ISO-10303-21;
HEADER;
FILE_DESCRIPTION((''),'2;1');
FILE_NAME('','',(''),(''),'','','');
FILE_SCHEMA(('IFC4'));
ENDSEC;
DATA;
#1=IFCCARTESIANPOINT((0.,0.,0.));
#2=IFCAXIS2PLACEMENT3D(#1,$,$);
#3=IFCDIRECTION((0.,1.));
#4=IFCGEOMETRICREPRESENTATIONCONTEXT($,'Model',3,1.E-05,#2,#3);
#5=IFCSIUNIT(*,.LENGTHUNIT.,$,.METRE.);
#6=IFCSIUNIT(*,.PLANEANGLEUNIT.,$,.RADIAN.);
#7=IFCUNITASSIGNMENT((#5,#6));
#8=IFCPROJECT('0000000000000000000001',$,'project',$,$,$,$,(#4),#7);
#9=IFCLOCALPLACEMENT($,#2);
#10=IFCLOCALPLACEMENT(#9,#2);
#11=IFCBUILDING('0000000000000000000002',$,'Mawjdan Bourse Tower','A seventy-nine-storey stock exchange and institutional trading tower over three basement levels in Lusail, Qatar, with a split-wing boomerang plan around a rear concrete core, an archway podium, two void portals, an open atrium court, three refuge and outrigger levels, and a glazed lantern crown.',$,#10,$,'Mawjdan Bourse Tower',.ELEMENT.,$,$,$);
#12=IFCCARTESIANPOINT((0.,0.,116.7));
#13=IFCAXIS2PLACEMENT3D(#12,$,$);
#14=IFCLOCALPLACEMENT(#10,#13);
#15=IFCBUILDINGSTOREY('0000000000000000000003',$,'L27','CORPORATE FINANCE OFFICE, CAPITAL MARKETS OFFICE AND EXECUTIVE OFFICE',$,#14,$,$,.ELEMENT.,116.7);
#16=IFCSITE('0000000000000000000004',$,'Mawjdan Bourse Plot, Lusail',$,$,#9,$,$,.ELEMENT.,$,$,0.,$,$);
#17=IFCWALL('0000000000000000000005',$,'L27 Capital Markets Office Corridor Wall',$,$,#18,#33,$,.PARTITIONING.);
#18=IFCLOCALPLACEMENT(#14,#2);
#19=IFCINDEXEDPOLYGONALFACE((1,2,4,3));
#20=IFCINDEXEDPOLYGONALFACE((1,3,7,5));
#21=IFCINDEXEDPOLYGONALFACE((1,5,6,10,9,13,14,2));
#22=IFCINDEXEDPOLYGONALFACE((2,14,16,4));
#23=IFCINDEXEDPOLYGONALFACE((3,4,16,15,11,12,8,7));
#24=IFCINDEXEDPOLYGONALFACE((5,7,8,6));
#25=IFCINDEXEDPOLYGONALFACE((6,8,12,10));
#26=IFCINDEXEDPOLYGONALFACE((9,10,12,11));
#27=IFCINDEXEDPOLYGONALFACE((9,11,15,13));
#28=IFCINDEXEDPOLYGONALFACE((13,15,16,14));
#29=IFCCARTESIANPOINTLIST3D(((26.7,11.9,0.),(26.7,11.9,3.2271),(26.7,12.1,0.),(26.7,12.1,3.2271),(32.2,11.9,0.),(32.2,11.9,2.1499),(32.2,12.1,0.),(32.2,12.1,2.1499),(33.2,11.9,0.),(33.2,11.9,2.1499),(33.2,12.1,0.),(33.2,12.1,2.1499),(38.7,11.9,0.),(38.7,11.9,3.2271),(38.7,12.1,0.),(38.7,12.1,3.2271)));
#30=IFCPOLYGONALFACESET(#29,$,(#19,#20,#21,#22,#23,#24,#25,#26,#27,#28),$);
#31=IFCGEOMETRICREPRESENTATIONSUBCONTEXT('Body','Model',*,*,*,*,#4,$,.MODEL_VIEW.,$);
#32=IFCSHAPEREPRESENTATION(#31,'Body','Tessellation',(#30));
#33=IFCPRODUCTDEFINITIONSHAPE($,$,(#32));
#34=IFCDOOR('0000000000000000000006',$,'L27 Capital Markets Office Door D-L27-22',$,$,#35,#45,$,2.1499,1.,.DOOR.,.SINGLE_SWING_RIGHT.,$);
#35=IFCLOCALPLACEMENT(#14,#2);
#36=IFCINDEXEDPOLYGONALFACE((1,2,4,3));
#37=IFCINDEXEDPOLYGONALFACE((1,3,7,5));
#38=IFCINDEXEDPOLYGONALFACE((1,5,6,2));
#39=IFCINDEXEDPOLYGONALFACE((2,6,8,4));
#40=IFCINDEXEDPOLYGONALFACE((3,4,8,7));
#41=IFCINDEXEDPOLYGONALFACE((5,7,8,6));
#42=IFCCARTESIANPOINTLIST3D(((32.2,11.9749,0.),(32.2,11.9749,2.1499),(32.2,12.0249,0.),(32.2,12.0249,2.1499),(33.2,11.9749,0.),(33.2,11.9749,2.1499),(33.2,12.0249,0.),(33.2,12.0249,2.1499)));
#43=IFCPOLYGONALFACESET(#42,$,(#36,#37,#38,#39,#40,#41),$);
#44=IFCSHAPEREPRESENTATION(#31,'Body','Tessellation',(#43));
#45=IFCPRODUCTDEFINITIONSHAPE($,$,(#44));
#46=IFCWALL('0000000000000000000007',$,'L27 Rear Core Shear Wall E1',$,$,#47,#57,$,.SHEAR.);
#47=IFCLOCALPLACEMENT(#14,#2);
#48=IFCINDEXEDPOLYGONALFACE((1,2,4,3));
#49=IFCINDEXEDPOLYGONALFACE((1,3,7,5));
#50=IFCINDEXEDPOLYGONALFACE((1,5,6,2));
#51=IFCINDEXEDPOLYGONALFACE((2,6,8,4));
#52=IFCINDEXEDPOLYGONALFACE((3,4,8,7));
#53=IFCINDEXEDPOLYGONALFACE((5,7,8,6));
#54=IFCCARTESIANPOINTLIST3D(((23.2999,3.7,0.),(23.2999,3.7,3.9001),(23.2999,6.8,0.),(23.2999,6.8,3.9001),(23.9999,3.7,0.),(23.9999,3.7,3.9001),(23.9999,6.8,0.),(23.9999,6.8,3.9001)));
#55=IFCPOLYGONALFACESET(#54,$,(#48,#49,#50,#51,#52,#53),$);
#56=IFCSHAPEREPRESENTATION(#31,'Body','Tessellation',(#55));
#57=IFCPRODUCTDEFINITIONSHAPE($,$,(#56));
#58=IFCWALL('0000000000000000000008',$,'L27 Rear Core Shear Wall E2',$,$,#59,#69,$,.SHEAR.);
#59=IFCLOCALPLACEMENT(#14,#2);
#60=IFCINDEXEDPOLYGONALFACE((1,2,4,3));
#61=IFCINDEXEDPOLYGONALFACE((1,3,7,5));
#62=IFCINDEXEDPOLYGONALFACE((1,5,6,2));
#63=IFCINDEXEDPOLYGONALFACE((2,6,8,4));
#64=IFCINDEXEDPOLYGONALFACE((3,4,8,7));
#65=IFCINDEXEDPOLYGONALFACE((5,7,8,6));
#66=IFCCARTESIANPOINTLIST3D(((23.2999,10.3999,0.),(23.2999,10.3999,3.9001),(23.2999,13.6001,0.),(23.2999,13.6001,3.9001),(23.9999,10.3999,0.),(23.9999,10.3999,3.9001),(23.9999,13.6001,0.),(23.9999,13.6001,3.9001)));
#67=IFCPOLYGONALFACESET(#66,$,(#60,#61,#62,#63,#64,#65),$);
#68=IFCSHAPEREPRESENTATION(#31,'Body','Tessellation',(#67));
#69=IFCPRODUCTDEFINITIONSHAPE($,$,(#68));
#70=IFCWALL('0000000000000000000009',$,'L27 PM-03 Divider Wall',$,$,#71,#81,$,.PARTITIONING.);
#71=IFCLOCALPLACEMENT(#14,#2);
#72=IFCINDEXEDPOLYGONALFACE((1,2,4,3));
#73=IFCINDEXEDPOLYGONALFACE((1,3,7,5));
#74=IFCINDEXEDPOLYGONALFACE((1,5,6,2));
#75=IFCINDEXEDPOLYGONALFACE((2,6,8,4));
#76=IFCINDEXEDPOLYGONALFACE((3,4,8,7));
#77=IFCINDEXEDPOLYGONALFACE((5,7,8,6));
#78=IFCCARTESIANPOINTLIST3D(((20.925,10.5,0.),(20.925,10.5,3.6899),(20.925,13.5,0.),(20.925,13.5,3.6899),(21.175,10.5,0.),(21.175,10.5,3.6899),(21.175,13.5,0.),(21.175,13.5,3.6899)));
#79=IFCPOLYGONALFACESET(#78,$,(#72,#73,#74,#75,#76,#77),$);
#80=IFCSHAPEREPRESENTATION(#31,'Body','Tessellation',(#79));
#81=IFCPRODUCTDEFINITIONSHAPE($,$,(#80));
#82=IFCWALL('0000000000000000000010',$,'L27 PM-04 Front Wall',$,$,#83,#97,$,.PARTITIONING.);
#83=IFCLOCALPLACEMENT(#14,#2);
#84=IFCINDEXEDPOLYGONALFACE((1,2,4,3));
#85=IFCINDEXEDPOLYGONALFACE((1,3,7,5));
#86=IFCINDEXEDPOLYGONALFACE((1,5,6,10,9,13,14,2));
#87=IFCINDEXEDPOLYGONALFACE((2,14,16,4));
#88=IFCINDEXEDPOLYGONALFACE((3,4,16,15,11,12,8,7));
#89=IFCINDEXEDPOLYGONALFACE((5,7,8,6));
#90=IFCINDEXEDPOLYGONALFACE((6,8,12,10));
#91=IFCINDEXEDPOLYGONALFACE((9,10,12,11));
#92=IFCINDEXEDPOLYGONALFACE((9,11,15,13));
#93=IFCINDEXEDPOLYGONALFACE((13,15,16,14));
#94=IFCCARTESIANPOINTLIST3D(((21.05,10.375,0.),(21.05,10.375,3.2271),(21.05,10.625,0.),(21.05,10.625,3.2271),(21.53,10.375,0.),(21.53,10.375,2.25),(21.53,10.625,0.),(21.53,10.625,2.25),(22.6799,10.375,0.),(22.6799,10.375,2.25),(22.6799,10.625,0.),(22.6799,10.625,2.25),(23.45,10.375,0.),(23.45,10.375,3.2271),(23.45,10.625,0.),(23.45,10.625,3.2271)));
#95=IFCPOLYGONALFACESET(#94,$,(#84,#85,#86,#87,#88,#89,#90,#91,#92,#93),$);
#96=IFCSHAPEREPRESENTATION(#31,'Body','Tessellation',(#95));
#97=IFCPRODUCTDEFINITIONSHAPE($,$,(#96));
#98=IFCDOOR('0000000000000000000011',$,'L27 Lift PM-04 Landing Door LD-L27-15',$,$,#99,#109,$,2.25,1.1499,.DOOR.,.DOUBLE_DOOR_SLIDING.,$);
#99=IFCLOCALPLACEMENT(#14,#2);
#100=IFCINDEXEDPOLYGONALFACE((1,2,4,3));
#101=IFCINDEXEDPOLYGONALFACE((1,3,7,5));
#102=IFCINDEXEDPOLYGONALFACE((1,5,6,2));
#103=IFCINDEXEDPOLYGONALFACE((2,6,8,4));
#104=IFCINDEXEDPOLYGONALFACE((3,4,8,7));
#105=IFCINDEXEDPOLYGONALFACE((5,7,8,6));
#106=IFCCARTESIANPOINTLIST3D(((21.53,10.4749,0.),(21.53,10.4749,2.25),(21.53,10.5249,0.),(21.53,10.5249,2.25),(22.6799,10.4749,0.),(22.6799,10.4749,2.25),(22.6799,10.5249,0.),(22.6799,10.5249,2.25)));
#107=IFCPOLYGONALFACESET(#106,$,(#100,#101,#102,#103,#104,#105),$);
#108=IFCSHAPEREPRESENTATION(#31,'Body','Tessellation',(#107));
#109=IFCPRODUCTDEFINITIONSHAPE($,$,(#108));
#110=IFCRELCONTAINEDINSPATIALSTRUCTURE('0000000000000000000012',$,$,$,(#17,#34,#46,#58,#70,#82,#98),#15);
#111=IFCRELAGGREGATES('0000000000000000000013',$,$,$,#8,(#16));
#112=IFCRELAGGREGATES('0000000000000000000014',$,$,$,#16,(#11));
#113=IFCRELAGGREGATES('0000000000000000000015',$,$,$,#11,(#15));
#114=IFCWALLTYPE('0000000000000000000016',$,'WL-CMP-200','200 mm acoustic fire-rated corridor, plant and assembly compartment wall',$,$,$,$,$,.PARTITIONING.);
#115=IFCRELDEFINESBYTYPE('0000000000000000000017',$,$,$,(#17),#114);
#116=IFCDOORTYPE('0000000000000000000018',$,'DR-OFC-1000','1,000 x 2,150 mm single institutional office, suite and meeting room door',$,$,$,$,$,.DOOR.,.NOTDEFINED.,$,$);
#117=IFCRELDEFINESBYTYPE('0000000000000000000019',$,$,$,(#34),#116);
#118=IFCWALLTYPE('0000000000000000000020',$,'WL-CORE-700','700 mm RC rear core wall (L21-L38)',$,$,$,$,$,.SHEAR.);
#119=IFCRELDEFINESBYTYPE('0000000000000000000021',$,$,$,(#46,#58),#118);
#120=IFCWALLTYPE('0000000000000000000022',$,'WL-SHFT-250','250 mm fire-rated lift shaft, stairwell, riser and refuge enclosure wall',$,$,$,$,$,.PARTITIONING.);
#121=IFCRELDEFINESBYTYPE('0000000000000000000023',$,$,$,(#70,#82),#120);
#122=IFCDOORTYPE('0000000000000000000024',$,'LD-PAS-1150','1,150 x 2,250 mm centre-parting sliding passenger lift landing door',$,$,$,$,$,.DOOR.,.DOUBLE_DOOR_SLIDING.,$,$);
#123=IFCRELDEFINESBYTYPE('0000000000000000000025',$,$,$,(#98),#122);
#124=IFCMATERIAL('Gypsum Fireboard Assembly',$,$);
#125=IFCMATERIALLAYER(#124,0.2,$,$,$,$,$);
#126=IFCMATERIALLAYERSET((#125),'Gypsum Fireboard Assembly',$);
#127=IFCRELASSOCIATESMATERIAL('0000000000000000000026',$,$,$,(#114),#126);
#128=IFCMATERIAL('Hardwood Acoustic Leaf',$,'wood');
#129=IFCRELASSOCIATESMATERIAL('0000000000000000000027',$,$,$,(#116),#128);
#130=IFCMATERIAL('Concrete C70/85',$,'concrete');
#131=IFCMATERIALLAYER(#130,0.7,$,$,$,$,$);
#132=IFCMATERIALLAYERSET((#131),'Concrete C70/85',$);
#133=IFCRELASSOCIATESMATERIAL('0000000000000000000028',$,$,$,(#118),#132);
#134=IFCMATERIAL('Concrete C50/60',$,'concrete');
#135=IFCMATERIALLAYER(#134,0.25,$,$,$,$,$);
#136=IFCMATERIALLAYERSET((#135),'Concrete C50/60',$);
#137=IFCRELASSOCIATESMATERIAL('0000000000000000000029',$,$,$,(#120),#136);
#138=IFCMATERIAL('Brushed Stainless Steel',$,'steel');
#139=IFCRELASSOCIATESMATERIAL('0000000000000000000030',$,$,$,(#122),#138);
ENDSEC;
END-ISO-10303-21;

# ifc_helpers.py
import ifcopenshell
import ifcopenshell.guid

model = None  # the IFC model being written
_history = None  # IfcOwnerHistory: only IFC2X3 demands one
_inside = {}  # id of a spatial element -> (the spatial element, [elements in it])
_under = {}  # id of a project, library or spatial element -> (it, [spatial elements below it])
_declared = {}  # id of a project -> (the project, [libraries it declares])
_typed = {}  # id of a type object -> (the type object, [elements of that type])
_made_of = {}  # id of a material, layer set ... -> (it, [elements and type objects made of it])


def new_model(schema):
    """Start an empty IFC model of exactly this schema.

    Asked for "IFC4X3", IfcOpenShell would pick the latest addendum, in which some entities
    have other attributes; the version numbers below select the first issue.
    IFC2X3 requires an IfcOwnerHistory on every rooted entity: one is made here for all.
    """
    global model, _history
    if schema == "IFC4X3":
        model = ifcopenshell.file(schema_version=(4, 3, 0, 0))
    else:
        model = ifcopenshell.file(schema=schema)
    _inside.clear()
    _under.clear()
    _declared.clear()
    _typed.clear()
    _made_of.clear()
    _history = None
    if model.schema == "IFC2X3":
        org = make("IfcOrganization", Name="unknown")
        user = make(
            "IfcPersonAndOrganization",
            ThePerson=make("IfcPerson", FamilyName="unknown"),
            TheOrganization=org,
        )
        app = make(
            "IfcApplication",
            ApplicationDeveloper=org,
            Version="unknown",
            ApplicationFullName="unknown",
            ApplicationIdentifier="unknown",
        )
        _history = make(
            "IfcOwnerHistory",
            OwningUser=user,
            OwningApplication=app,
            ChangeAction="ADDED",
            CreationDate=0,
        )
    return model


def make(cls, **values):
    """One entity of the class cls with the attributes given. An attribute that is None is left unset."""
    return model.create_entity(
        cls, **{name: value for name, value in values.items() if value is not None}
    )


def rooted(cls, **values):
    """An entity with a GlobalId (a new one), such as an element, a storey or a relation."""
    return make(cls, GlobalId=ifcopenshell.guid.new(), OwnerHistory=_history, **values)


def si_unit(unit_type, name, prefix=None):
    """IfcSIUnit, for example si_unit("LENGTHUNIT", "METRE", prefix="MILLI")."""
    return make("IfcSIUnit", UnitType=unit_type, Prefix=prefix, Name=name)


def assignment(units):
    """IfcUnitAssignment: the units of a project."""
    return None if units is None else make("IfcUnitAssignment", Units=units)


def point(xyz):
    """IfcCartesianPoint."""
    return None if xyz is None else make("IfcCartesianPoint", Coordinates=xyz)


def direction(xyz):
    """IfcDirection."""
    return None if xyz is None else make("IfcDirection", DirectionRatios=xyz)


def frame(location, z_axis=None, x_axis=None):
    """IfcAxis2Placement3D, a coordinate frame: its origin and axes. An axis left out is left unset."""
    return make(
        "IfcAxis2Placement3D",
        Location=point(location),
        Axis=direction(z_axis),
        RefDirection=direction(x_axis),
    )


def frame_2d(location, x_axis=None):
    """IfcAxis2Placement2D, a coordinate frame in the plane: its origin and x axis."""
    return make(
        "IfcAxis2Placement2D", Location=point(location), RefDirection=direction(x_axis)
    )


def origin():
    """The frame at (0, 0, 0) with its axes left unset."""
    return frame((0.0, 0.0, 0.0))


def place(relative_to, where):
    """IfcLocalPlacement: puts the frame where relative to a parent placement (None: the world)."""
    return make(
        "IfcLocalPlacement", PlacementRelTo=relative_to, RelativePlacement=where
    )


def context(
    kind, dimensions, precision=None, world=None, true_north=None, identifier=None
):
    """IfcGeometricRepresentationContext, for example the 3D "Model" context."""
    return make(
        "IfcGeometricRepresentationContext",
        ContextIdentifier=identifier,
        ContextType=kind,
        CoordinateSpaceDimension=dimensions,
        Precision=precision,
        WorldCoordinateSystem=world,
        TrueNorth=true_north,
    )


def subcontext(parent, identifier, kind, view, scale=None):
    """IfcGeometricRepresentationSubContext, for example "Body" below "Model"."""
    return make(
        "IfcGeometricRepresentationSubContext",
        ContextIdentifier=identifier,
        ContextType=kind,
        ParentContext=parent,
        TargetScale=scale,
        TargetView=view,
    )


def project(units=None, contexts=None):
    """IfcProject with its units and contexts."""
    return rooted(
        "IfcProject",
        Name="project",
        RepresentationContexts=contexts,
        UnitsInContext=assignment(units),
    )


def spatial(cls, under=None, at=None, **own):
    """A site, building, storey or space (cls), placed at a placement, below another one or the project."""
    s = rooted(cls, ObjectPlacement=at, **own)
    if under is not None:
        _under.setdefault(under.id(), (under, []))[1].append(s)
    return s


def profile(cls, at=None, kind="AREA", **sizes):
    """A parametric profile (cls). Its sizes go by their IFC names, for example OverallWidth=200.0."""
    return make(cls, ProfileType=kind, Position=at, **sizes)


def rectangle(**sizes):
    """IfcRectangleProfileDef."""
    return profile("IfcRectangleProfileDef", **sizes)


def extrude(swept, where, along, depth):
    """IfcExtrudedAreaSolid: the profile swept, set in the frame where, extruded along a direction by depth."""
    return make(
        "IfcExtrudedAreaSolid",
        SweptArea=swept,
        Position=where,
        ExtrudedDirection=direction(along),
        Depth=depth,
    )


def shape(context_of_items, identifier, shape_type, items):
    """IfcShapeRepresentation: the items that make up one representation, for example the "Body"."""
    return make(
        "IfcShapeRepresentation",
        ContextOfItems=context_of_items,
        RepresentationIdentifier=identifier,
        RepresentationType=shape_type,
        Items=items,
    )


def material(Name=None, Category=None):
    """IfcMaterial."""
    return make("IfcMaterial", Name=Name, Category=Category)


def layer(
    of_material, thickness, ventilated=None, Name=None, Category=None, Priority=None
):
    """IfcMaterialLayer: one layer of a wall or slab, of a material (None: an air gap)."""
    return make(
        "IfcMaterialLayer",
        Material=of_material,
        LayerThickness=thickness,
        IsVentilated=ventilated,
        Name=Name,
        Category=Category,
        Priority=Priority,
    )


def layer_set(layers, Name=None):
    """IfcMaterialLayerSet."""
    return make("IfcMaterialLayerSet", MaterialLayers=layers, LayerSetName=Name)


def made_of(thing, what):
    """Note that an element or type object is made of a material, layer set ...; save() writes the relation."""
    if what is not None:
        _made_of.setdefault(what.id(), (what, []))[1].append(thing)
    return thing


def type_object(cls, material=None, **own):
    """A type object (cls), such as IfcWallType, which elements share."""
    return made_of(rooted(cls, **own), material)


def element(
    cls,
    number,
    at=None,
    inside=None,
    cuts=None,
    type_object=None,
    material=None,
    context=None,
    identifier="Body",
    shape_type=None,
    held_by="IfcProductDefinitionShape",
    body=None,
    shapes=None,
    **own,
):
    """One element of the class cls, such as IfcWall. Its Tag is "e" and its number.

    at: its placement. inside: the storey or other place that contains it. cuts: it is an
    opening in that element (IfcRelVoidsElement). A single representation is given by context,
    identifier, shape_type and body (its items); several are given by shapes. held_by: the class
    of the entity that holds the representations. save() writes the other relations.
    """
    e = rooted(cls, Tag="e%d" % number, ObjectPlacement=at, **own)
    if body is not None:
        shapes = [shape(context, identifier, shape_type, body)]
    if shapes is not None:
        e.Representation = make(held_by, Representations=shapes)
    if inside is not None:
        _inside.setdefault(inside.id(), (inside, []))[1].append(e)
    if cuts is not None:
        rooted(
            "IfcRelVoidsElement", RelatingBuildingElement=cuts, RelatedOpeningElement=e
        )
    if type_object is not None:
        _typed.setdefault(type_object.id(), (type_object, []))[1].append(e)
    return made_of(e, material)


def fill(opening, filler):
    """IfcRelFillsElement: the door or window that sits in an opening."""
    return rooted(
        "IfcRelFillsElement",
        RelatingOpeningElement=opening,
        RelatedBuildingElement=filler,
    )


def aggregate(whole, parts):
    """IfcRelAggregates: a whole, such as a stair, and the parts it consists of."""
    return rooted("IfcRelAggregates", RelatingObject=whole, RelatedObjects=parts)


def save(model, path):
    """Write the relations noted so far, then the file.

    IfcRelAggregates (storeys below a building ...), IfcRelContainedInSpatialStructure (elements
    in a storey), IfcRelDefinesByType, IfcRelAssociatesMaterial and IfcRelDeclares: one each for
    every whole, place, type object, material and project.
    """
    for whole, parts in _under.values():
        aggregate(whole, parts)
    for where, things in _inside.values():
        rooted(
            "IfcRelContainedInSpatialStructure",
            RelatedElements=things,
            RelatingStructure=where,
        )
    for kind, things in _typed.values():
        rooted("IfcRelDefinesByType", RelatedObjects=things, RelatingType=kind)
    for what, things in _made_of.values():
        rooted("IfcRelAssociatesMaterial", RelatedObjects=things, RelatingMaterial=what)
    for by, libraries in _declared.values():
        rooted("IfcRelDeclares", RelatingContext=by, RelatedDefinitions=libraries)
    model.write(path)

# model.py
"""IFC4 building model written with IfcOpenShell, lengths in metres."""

from ifc_helpers import new_model, si_unit, direction, frame, frame_2d, origin, place, context, subcontext, project, spatial, rectangle, extrude, material, layer, layer_set, type_object, element, fill, save


model = new_model("IFC4")

# Units and contexts
model_context = context("Model", 3, precision=1e-05, world=origin(), true_north=direction((0.0, 1.0)))
body_context = subcontext(model_context, "Body", "Model", "MODEL_VIEW")
ifc_project = project(units=[si_unit("LENGTHUNIT", "METRE"), si_unit("PLANEANGLEUNIT", "RADIAN")], contexts=[model_context])

# Site, building, storey
site_placement = place(None, origin())
site = spatial("IfcSite", under=ifc_project, at=site_placement, Name="Mawjdan Bourse Plot, Lusail", CompositionType="ELEMENT", RefElevation=0.0)
building_placement = place(site_placement, origin())
building = spatial("IfcBuilding", under=site, at=building_placement, Name="Mawjdan Bourse Tower", Description="A seventy-nine-storey stock exchange and institutional trading tower over three basement levels in Lusail, Qatar, with a split-wing boomerang plan around a rear concrete core, an archway podium, two void portals, an open atrium court, three refuge and outrigger levels, and a glazed lantern crown.", LongName="Mawjdan Bourse Tower", CompositionType="ELEMENT")
storey_placement = place(building_placement, frame((0.0, 0.0, 116.7)))
storey = spatial("IfcBuildingStorey", under=building, at=storey_placement, Name="L27", Description="CORPORATE FINANCE OFFICE, CAPITAL MARKETS OFFICE AND EXECUTIVE OFFICE", CompositionType="ELEMENT", Elevation=116.7)

# Shared definitions
ifc_material_1 = material(Name="Concrete C70/85", Category="concrete")

# Shared definitions
ifc_material_2 = material(Name="Gypsum Fireboard Assembly")
ifc_layer_1 = layer(ifc_material_2, 0.2)
ifc_layer_set_1 = layer_set([ifc_layer_1], Name="Gypsum Fireboard Assembly")
wall_type_1 = type_object("IfcWallType", Name="WL-CMP-200", Description="200 mm acoustic fire-rated corridor, plant and assembly compartment wall", PredefinedType="PARTITIONING", material=ifc_layer_set_1)
ifc_material_3 = material(Name="Hardwood Acoustic Leaf", Category="wood")
door_type_1 = type_object("IfcDoorType", Name="DR-OFC-1000", Description="1,000 x 2,150 mm single institutional office, suite and meeting room door", OperationType="NOTDEFINED", PredefinedType="DOOR", material=ifc_material_3)

# Wall, opening, door
wall_1_placement = place(storey_placement, frame((26.7, 12.0, 0.0), z_axis=(0.0, 0.0, 1.0), x_axis=(1.0, 0.0, 0.0)))
wall_1 = element("IfcWall", 1, at=wall_1_placement, inside=storey, type_object=wall_type_1, Name="L27 Capital Markets Office Corridor Wall", PredefinedType="PARTITIONING", context=body_context, shape_type="SweptSolid", body=[
    extrude(rectangle(XDim=12.0, YDim=0.2, at=frame_2d((6.0, 0.0))), origin(), (0.0, 0.0, 1.0), 3.2271),
])
opening_1_placement = place(wall_1_placement, frame((5.5, 0.0, 0.0)))
opening_1 = element("IfcOpeningElement", 2, at=opening_1_placement, cuts=wall_1, PredefinedType="OPENING", context=body_context, shape_type="SweptSolid", body=[
    extrude(rectangle(XDim=1.0, YDim=2.1499, at=frame_2d((0.5, 1.075))), frame((0.0, 0.1099, 0.0), z_axis=(0.0, -1.0, 0.0), x_axis=(1.0, 0.0, 0.0)), (0.0, 0.0, 1.0), 0.22),
])
door_1_placement = place(opening_1_placement, origin())
door_1 = element("IfcDoor", 3, at=door_1_placement, inside=storey, type_object=door_type_1, Name="L27 Capital Markets Office Door D-L27-22", OperationType="SINGLE_SWING_RIGHT", OverallHeight=2.1499, OverallWidth=1.0, PredefinedType="DOOR", context=body_context, shape_type="SweptSolid", body=[
    extrude(rectangle(XDim=1.0, YDim=2.1499, at=frame_2d((0.5, 1.075))), frame((0.0, 0.0249, 0.0), z_axis=(0.0, -1.0, 0.0), x_axis=(1.0, 0.0, 0.0)), (0.0, 0.0, 1.0), 0.05),
])
fill(opening_1, door_1)

# Walls
ifc_layer_2 = layer(ifc_material_1, 0.7)
ifc_layer_set_2 = layer_set([ifc_layer_2], Name="Concrete C70/85")
wall_type_2 = type_object("IfcWallType", Name="WL-CORE-700", Description="700 mm RC rear core wall (L21-L38)", PredefinedType="SHEAR", material=ifc_layer_set_2)
wall_2_placement = place(storey_placement, frame((23.6499, 3.7, 0.0), z_axis=(0.0, 0.0, 1.0), x_axis=(0.0, 1.0, 0.0)))
element("IfcWall", 4, at=wall_2_placement, inside=storey, type_object=wall_type_2, Name="L27 Rear Core Shear Wall E1", PredefinedType="SHEAR", context=body_context, shape_type="SweptSolid", body=[
    extrude(rectangle(XDim=3.1001, YDim=0.7, at=frame_2d((1.55, 0.0))), origin(), (0.0, 0.0, 1.0), 3.9001),
])
wall_3_placement = place(storey_placement, frame((23.6499, 10.3999, 0.0), z_axis=(0.0, 0.0, 1.0), x_axis=(0.0, 1.0, 0.0)))
element("IfcWall", 5, at=wall_3_placement, inside=storey, type_object=wall_type_2, Name="L27 Rear Core Shear Wall E2", PredefinedType="SHEAR", context=body_context, shape_type="SweptSolid", body=[
    extrude(rectangle(XDim=3.2002, YDim=0.7, at=frame_2d((1.6001, 0.0))), origin(), (0.0, 0.0, 1.0), 3.9001),
])
ifc_material_4 = material(Name="Concrete C50/60", Category="concrete")
ifc_layer_3 = layer(ifc_material_4, 0.25)
ifc_layer_set_3 = layer_set([ifc_layer_3], Name="Concrete C50/60")
wall_type_3 = type_object("IfcWallType", Name="WL-SHFT-250", Description="250 mm fire-rated lift shaft, stairwell, riser and refuge enclosure wall", PredefinedType="PARTITIONING", material=ifc_layer_set_3)
wall_4_placement = place(storey_placement, frame((21.05, 10.5, 0.0), z_axis=(0.0, 0.0, 1.0), x_axis=(0.0, 1.0, 0.0)))
element("IfcWall", 6, at=wall_4_placement, inside=storey, type_object=wall_type_3, Name="L27 PM-03 Divider Wall", PredefinedType="PARTITIONING", context=body_context, shape_type="SweptSolid", body=[
    extrude(rectangle(XDim=3.0, YDim=0.25, at=frame_2d((1.5, 0.0))), origin(), (0.0, 0.0, 1.0), 3.6899),
])

# Wall, opening, door
wall_5_placement = place(storey_placement, frame((21.05, 10.5, 0.0), z_axis=(0.0, 0.0, 1.0), x_axis=(1.0, 0.0, 0.0)))
wall_5 = element("IfcWall", 7, at=wall_5_placement, inside=storey, type_object=wall_type_3, Name="L27 PM-04 Front Wall", PredefinedType="PARTITIONING", context=body_context, shape_type="SweptSolid", body=[
    extrude(rectangle(XDim=2.3999, YDim=0.25, at=frame_2d((1.2, 0.0))), origin(), (0.0, 0.0, 1.0), 3.2271),
])
opening_2_placement = place(wall_5_placement, frame((0.48, 0.0, 0.0)))
opening_2 = element("IfcOpeningElement", 8, at=opening_2_placement, cuts=wall_5, PredefinedType="OPENING", context=body_context, shape_type="SweptSolid", body=[
    extrude(rectangle(XDim=1.1499, YDim=2.25, at=frame_2d((0.575, 1.125))), frame((0.0, 0.135, 0.0), z_axis=(0.0, -1.0, 0.0), x_axis=(1.0, 0.0, 0.0)), (0.0, 0.0, 1.0), 0.27),
])
ifc_material_5 = material(Name="Brushed Stainless Steel", Category="steel")
door_type_2 = type_object("IfcDoorType", Name="LD-PAS-1150", Description="1,150 x 2,250 mm centre-parting sliding passenger lift landing door", OperationType="DOUBLE_DOOR_SLIDING", PredefinedType="DOOR", material=ifc_material_5)
door_2_placement = place(opening_2_placement, origin())
door_2 = element("IfcDoor", 9, at=door_2_placement, inside=storey, type_object=door_type_2, Name="L27 Lift PM-04 Landing Door LD-L27-15", OperationType="DOUBLE_DOOR_SLIDING", OverallHeight=2.25, OverallWidth=1.1499, PredefinedType="DOOR", context=body_context, shape_type="SweptSolid", body=[
    extrude(rectangle(XDim=1.1499, YDim=2.25, at=frame_2d((0.575, 1.125))), frame((0.0, 0.0249, 0.0), z_axis=(0.0, -1.0, 0.0), x_axis=(1.0, 0.0, 0.0)), (0.0, 0.0, 1.0), 0.05),
])
fill(opening_2, door_2)

save(model, "model.ifc")
